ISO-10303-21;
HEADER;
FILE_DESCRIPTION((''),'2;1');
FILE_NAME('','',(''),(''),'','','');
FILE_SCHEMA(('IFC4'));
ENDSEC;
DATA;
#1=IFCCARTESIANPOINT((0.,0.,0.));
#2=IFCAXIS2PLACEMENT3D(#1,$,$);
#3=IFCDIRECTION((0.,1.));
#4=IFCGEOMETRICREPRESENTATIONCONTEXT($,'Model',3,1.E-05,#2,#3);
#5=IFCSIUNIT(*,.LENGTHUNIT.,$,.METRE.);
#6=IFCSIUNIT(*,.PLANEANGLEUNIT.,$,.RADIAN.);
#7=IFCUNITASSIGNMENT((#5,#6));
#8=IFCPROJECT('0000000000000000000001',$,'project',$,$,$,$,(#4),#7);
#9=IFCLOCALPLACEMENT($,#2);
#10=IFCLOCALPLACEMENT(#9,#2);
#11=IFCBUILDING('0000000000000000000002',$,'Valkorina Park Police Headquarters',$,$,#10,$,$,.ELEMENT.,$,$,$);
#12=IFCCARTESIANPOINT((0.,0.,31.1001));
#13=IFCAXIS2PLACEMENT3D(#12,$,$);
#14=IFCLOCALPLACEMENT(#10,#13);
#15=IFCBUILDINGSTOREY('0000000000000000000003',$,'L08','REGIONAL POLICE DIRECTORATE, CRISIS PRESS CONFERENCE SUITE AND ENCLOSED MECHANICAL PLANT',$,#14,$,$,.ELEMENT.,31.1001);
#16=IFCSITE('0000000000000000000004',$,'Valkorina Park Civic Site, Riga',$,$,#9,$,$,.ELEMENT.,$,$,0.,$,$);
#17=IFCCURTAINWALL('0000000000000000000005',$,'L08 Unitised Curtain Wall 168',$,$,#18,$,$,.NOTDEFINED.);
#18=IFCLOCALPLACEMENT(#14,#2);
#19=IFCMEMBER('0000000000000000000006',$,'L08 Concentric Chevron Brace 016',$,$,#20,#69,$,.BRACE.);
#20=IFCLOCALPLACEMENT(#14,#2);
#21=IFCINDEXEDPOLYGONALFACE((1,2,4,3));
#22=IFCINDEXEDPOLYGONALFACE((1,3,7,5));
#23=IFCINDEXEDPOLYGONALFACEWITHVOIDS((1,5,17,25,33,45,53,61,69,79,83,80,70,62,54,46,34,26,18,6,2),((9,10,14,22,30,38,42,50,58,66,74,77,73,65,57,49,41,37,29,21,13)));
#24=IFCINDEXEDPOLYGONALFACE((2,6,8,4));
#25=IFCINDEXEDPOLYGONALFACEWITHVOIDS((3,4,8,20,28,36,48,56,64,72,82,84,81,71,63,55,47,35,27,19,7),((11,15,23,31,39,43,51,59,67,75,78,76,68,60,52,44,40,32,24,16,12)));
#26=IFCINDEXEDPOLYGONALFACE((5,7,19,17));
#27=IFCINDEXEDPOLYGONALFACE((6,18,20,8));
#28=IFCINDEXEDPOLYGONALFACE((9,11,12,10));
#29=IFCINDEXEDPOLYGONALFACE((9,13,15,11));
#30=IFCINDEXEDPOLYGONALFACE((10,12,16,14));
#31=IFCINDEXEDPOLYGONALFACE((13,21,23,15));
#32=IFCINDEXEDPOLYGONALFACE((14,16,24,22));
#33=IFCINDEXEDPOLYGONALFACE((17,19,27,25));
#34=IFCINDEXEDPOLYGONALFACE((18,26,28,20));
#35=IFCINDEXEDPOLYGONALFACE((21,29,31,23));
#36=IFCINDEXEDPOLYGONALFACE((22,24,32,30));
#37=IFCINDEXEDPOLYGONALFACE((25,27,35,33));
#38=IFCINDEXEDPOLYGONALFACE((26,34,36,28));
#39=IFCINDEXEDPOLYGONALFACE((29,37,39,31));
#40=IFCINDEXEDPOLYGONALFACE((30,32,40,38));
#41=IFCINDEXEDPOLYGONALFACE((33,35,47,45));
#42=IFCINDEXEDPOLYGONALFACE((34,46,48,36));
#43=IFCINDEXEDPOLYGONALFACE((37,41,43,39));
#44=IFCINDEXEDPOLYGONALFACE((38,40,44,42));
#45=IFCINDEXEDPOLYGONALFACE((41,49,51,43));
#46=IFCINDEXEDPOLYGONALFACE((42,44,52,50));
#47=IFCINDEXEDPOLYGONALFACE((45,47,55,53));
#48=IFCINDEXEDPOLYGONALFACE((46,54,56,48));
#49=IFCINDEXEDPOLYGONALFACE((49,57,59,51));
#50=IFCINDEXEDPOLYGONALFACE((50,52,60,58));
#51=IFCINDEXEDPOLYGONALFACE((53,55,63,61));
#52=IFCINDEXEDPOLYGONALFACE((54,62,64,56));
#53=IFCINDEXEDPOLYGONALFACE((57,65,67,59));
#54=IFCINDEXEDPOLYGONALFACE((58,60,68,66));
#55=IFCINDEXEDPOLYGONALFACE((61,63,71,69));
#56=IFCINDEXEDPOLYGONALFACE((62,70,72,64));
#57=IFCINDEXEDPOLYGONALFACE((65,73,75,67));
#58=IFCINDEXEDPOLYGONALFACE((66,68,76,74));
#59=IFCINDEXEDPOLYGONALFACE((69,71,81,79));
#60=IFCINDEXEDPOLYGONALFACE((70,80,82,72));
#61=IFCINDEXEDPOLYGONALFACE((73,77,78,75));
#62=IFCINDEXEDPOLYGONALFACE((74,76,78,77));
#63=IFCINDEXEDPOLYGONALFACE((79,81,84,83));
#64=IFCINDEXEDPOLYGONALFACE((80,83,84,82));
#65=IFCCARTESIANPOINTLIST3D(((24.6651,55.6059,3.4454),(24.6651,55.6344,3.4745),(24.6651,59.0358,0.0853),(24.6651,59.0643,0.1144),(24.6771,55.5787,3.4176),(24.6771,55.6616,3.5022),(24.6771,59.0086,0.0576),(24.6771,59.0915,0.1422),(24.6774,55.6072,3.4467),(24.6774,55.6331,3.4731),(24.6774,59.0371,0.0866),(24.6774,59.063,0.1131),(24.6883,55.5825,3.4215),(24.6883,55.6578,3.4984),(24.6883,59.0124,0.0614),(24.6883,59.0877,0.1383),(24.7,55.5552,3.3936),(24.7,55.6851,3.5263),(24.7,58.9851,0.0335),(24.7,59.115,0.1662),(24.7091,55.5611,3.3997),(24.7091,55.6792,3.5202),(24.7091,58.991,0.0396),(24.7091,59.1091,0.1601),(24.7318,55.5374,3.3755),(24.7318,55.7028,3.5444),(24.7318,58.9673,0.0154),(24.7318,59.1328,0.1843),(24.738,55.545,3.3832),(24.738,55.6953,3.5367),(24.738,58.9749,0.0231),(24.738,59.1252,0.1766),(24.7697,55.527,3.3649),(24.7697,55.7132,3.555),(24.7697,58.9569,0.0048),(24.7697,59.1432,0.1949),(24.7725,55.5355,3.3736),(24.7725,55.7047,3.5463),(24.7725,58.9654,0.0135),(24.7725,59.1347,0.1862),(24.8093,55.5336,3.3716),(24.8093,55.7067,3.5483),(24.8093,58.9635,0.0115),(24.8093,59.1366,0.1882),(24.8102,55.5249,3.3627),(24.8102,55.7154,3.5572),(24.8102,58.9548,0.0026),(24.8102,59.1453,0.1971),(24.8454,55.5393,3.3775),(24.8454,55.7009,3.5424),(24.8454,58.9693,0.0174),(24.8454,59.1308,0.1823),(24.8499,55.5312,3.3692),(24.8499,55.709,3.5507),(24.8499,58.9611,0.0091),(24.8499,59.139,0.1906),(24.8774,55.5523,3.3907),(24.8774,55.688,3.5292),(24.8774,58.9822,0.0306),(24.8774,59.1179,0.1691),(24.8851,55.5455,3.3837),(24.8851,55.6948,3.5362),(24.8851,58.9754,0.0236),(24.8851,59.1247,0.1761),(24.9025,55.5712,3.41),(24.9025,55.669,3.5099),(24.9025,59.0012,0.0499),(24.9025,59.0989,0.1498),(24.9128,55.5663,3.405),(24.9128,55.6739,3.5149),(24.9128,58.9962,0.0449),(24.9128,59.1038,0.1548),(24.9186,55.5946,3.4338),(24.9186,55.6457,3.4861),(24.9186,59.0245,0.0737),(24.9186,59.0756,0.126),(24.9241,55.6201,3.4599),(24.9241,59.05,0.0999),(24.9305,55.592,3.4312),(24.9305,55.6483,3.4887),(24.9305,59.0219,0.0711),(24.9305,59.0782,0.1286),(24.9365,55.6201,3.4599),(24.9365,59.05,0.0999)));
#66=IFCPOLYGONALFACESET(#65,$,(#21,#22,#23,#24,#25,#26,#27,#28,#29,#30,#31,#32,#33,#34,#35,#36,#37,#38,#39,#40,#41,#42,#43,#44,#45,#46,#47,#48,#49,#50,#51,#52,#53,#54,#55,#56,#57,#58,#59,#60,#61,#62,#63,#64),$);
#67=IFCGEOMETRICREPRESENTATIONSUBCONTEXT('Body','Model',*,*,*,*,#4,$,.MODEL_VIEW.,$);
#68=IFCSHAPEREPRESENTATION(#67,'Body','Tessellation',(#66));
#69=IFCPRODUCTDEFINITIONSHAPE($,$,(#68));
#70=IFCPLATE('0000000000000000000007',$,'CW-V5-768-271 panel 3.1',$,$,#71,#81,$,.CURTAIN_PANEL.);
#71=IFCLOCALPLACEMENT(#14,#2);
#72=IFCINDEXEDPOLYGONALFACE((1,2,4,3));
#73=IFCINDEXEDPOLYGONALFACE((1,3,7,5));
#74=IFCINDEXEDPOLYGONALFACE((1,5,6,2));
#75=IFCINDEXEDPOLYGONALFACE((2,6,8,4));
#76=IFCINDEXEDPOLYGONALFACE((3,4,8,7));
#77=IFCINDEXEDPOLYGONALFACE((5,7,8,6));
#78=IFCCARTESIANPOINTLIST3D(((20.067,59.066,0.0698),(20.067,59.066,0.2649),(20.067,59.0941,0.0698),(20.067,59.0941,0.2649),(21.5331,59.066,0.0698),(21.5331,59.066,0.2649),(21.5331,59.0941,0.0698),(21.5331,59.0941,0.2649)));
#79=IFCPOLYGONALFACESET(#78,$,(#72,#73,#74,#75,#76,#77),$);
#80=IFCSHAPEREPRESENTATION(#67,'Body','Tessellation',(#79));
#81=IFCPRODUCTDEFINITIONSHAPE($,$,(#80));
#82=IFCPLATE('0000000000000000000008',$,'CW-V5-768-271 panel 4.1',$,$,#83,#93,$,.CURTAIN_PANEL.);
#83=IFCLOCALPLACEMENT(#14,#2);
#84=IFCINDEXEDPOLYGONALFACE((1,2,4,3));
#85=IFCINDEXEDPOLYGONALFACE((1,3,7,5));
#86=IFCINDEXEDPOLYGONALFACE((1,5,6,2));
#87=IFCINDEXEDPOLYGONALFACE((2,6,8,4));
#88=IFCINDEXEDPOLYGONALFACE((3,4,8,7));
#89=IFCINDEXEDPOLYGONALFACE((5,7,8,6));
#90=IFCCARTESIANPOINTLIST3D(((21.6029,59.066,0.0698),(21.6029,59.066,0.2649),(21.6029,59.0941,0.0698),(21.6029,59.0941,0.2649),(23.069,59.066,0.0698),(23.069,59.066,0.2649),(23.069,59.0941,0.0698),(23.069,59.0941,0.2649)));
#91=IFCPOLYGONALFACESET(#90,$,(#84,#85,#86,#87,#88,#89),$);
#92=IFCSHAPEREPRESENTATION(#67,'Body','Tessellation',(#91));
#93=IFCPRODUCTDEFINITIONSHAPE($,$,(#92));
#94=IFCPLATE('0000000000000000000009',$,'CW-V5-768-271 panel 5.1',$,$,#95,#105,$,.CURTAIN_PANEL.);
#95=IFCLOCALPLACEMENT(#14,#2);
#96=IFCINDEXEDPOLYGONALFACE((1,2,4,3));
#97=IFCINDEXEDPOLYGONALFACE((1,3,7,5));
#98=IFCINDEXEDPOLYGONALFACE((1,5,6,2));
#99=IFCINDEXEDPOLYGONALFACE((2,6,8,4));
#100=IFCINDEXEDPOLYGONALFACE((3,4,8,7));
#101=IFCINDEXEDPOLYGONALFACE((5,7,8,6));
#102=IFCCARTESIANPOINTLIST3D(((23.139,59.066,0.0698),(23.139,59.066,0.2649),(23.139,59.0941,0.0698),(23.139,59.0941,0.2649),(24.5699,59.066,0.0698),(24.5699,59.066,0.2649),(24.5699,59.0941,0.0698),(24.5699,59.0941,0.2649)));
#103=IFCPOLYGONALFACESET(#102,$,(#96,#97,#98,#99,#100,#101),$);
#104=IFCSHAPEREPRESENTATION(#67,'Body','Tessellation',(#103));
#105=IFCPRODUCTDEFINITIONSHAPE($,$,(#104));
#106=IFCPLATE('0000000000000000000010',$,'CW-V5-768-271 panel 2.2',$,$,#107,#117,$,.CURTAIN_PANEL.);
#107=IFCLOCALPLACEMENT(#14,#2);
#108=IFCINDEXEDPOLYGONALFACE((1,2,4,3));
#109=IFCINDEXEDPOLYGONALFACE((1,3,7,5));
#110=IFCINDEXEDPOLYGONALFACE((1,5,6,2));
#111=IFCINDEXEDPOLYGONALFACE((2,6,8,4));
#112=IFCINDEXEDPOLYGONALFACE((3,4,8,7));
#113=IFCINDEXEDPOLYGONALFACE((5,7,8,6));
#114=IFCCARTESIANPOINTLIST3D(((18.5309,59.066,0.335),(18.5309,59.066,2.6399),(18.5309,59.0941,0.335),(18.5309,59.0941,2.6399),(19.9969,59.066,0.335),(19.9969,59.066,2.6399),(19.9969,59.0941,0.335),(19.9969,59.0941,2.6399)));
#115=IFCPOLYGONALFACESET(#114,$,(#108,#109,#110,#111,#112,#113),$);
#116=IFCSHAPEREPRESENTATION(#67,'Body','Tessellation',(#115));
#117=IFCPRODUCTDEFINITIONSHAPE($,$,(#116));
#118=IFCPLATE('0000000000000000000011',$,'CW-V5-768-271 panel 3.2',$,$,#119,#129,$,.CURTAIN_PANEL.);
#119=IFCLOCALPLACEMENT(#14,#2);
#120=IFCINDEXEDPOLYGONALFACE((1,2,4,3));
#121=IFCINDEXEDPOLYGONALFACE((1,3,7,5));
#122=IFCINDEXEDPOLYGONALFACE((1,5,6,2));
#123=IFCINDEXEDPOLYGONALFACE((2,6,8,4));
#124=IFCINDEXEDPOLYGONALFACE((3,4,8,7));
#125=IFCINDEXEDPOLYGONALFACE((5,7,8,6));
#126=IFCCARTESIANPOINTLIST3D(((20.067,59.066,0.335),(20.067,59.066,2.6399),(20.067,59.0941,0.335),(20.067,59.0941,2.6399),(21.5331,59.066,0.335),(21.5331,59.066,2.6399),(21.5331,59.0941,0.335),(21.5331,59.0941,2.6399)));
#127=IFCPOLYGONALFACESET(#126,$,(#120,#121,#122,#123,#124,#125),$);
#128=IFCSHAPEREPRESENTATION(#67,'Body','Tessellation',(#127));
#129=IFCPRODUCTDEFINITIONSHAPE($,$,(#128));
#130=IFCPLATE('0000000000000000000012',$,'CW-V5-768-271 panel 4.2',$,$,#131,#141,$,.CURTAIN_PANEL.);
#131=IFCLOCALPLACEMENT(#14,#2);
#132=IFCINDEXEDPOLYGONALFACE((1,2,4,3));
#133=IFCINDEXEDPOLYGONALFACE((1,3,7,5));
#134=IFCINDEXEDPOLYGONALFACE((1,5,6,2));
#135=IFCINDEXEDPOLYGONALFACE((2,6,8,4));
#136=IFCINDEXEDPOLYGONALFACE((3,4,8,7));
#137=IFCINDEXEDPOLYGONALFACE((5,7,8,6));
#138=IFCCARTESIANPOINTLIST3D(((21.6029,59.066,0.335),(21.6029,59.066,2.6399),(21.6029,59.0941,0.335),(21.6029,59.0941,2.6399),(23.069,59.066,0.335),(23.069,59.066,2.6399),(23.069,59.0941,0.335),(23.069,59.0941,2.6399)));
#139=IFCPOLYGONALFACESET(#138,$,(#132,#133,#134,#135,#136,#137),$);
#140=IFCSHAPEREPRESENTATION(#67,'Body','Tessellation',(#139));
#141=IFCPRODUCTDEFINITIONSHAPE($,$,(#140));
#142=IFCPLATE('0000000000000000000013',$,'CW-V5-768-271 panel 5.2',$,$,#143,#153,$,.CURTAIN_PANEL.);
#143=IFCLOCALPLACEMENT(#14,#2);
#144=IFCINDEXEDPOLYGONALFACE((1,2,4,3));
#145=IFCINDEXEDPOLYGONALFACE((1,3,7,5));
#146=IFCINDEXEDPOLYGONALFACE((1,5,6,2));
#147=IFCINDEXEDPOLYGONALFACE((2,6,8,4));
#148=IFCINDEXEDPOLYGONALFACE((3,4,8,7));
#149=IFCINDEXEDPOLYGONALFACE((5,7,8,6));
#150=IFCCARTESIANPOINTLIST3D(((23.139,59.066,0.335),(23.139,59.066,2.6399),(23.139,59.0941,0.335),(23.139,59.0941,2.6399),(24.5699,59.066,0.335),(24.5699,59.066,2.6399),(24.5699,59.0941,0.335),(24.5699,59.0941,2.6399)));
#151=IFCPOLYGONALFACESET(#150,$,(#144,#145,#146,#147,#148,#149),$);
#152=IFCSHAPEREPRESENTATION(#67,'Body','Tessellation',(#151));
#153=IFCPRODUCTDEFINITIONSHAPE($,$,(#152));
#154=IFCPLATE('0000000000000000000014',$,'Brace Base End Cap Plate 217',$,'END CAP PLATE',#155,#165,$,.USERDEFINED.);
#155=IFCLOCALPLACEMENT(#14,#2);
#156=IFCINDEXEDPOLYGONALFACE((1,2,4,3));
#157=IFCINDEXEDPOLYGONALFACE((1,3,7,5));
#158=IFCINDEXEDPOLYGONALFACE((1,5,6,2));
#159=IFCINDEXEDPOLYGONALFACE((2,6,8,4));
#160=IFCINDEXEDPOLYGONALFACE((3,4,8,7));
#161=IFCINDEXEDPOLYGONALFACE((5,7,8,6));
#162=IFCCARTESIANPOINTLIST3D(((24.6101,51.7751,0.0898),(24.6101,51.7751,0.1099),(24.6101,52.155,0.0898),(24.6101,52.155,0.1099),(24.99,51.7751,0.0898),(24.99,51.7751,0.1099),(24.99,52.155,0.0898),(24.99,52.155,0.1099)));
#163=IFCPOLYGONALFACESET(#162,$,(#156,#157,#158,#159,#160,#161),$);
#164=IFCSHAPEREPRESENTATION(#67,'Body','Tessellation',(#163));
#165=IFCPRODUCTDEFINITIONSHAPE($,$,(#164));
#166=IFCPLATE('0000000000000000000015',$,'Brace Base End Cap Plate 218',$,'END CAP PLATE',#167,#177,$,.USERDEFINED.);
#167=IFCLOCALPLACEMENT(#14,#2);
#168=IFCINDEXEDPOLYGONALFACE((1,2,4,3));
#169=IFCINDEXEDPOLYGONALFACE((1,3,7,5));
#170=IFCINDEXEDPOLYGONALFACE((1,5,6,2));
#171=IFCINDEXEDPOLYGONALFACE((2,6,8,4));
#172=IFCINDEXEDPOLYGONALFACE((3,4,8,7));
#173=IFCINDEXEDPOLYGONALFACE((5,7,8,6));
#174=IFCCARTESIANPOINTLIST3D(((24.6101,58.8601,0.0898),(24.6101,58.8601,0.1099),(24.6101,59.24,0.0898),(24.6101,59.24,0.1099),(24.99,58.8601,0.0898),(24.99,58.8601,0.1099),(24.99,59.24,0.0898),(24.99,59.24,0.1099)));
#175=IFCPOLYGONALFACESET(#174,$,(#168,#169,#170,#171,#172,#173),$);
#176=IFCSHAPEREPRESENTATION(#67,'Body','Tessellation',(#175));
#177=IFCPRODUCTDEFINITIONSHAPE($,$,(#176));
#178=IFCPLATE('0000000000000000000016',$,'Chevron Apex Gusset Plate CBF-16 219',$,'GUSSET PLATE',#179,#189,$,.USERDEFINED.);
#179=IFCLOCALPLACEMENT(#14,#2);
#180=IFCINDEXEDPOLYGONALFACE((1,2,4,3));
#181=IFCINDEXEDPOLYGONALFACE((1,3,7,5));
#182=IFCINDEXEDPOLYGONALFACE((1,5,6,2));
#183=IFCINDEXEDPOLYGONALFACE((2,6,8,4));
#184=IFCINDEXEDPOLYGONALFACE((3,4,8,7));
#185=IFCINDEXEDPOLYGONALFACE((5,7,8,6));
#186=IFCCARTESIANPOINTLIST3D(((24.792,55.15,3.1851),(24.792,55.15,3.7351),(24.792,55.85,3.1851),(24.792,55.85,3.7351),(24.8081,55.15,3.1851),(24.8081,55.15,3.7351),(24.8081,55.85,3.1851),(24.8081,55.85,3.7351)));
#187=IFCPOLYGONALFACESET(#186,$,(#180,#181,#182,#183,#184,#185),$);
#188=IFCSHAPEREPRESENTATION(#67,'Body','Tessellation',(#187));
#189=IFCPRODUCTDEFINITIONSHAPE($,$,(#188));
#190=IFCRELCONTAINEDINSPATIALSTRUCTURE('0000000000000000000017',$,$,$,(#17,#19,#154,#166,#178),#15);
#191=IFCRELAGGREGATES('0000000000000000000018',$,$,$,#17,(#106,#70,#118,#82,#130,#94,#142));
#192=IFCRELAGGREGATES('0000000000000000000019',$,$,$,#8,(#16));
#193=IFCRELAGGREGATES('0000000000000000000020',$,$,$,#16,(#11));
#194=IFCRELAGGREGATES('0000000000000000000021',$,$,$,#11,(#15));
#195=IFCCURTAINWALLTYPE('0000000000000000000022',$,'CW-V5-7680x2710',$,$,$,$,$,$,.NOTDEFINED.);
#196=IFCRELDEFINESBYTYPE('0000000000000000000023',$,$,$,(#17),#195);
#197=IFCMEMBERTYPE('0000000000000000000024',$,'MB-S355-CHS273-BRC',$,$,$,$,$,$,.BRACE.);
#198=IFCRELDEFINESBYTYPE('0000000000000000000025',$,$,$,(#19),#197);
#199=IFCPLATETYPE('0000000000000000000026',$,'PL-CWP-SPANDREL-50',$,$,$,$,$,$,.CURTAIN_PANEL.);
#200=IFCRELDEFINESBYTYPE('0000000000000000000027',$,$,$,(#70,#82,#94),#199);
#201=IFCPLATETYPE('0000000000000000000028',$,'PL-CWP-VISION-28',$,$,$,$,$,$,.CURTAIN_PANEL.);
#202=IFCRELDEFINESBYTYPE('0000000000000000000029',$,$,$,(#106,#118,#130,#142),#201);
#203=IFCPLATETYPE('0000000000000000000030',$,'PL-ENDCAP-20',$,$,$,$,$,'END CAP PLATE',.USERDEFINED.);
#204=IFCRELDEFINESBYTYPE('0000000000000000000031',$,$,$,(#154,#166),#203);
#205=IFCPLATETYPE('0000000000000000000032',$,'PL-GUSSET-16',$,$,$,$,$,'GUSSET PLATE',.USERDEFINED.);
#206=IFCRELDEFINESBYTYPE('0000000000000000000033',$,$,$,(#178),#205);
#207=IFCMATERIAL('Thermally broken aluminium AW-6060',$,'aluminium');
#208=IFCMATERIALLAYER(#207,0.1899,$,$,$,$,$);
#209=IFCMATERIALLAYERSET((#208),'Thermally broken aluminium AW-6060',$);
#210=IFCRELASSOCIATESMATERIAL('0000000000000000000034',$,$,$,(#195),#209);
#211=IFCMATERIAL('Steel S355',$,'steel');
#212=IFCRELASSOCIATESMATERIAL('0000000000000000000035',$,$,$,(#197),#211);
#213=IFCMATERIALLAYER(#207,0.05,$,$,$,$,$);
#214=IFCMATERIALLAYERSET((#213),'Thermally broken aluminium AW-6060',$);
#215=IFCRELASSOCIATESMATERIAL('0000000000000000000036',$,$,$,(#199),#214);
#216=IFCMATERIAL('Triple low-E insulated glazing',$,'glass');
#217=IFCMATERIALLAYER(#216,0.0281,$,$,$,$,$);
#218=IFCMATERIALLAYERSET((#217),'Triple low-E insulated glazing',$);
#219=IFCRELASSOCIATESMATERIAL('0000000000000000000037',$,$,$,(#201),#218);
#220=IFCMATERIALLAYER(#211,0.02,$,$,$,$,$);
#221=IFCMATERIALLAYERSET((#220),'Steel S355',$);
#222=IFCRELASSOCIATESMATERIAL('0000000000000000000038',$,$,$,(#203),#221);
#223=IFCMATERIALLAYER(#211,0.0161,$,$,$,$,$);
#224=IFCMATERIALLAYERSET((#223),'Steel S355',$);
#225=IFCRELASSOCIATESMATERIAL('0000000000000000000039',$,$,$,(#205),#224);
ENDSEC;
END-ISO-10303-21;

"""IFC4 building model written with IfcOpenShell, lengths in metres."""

from ifc_helpers import new_model, si_unit, direction, frame, origin, origin_2d, place, context, subcontext, project, spatial, rectangle, hollow_circle, extrude, material, layer, layer_set, material_profile, profile_set, type_object, element, aggregate, save


model = new_model("IFC4")

# Units and contexts
model_context = context("Model", 3, precision=1e-05, world=origin(), true_north=direction((0.0, 1.0)))
body_context = subcontext(model_context, "Body", "Model", "MODEL_VIEW")
ifc_project = project(units=[si_unit("LENGTHUNIT", "METRE"), si_unit("PLANEANGLEUNIT", "RADIAN")], contexts=[model_context])

# Site, building, storey
site_placement = place(None, origin())
site = spatial("IfcSite", under=ifc_project, at=site_placement, Name="Valkorina Park Civic Site, Riga", CompositionType="ELEMENT", RefElevation=0.0)
building_placement = place(site_placement, origin())
building = spatial("IfcBuilding", under=site, at=building_placement, Name="Valkorina Park Police Headquarters", CompositionType="ELEMENT")
storey_placement = place(building_placement, frame((0.0, 0.0, 31.1001)))
storey = spatial("IfcBuildingStorey", under=building, at=storey_placement, Name="L08", Description="REGIONAL POLICE DIRECTORATE, CRISIS PRESS CONFERENCE SUITE AND ENCLOSED MECHANICAL PLANT", CompositionType="ELEMENT", Elevation=31.1001)

# Shared definitions
ifc_material_1 = material(Name="Steel S355", Category="steel")

# Curtain wall
ifc_material_2 = material(Name="Thermally broken aluminium AW-6060", Category="aluminium")
ifc_layer_1 = layer(ifc_material_2, 0.1899)
ifc_layer_set_1 = layer_set([ifc_layer_1], Name="Thermally broken aluminium AW-6060")
curtain_wall_type = type_object("IfcCurtainWallType", Name="CW-V5-7680x2710", PredefinedType="NOTDEFINED", material=ifc_layer_set_1)
curtain_wall_1_placement = place(storey_placement, origin())
curtain_wall_1 = element("IfcCurtainWall", 1, at=curtain_wall_1_placement, inside=storey, type_object=curtain_wall_type, Name="L08 Unitised Curtain Wall 168", PredefinedType="NOTDEFINED")

# Member
ifc_material_profile_1 = material_profile(ifc_material_1, hollow_circle(Radius=0.1365, WallThickness=0.0125, at=origin_2d()), Name="CHS 273x12.5")
ifc_profile_set_1 = profile_set([ifc_material_profile_1], Name="Steel S355")
member_type_1 = type_object("IfcMemberType", Name="MB-S355-CHS273-BRC", PredefinedType="BRACE", material=ifc_profile_set_1)
member_1_placement = place(storey_placement, frame((24.8, 59.05, 0.0999), z_axis=(0.0, -0.71434, 0.699798), x_axis=(1.0, 0.0, 0.0)))
element("IfcMember", 2, at=member_1_placement, inside=storey, type_object=member_type_1, Name="L08 Concentric Chevron Brace 016", PredefinedType="BRACE", context=body_context, shape_type="SweptSolid", body=[
    extrude(hollow_circle(Radius=0.1365, WallThickness=0.0125, at=origin_2d()), origin(), (0.0, 0.0, 1.0), 4.8015),
])

# Plates
ifc_layer_2 = layer(ifc_material_2, 0.05)
ifc_layer_set_2 = layer_set([ifc_layer_2], Name="Thermally broken aluminium AW-6060")
plate_type_1 = type_object("IfcPlateType", Name="PL-CWP-SPANDREL-50", PredefinedType="CURTAIN_PANEL", material=ifc_layer_set_2)
plate_1_placement = place(storey_placement, frame((20.8, 59.0801, 0.0698), z_axis=(0.0, 0.0, 1.0), x_axis=(1.0, 0.0, 0.0)))
plate_1 = element("IfcPlate", 3, at=plate_1_placement, type_object=plate_type_1, Name="CW-V5-768-271 panel 3.1", PredefinedType="CURTAIN_PANEL", context=body_context, shape_type="SweptSolid", body=[
    extrude(rectangle(XDim=1.4661, YDim=0.0281, at=origin_2d()), origin(), (0.0, 0.0, 1.0), 0.1951),
])
plate_2_placement = place(storey_placement, frame((22.3359, 59.0801, 0.0698), z_axis=(0.0, 0.0, 1.0), x_axis=(1.0, 0.0, 0.0)))
plate_2 = element("IfcPlate", 4, at=plate_2_placement, type_object=plate_type_1, Name="CW-V5-768-271 panel 4.1", PredefinedType="CURTAIN_PANEL", context=body_context, shape_type="SweptSolid", body=[
    extrude(rectangle(XDim=1.4661, YDim=0.0281, at=origin_2d()), origin(), (0.0, 0.0, 1.0), 0.1951),
])
plate_3_placement = place(storey_placement, frame((23.8545, 59.0801, 0.0698), z_axis=(0.0, 0.0, 1.0), x_axis=(1.0, 0.0, 0.0)))
plate_3 = element("IfcPlate", 5, at=plate_3_placement, type_object=plate_type_1, Name="CW-V5-768-271 panel 5.1", PredefinedType="CURTAIN_PANEL", context=body_context, shape_type="SweptSolid", body=[
    extrude(rectangle(XDim=1.4309, YDim=0.0281, at=origin_2d()), origin(), (0.0, 0.0, 1.0), 0.1951),
])
ifc_material_3 = material(Name="Triple low-E insulated glazing", Category="glass")
ifc_layer_3 = layer(ifc_material_3, 0.0281)
ifc_layer_set_3 = layer_set([ifc_layer_3], Name="Triple low-E insulated glazing")
plate_type_2 = type_object("IfcPlateType", Name="PL-CWP-VISION-28", PredefinedType="CURTAIN_PANEL", material=ifc_layer_set_3)
plate_4_placement = place(storey_placement, frame((19.2639, 59.0801, 0.335), z_axis=(0.0, 0.0, 1.0), x_axis=(1.0, 0.0, 0.0)))
plate_4 = element("IfcPlate", 6, at=plate_4_placement, type_object=plate_type_2, Name="CW-V5-768-271 panel 2.2", PredefinedType="CURTAIN_PANEL", context=body_context, shape_type="SweptSolid", body=[
    extrude(rectangle(XDim=1.4661, YDim=0.0281, at=origin_2d()), origin(), (0.0, 0.0, 1.0), 2.3049),
])
plate_5_placement = place(storey_placement, frame((20.8, 59.0801, 0.335), z_axis=(0.0, 0.0, 1.0), x_axis=(1.0, 0.0, 0.0)))
plate_5 = element("IfcPlate", 7, at=plate_5_placement, type_object=plate_type_2, Name="CW-V5-768-271 panel 3.2", PredefinedType="CURTAIN_PANEL", context=body_context, shape_type="SweptSolid", body=[
    extrude(rectangle(XDim=1.4661, YDim=0.0281, at=origin_2d()), origin(), (0.0, 0.0, 1.0), 2.3049),
])
plate_6_placement = place(storey_placement, frame((22.3359, 59.0801, 0.335), z_axis=(0.0, 0.0, 1.0), x_axis=(1.0, 0.0, 0.0)))
plate_6 = element("IfcPlate", 8, at=plate_6_placement, type_object=plate_type_2, Name="CW-V5-768-271 panel 4.2", PredefinedType="CURTAIN_PANEL", context=body_context, shape_type="SweptSolid", body=[
    extrude(rectangle(XDim=1.4661, YDim=0.0281, at=origin_2d()), origin(), (0.0, 0.0, 1.0), 2.3049),
])
plate_7_placement = place(storey_placement, frame((23.8545, 59.0801, 0.335), z_axis=(0.0, 0.0, 1.0), x_axis=(1.0, 0.0, 0.0)))
plate_7 = element("IfcPlate", 9, at=plate_7_placement, type_object=plate_type_2, Name="CW-V5-768-271 panel 5.2", PredefinedType="CURTAIN_PANEL", context=body_context, shape_type="SweptSolid", body=[
    extrude(rectangle(XDim=1.4309, YDim=0.0281, at=origin_2d()), origin(), (0.0, 0.0, 1.0), 2.3049),
])
aggregate(curtain_wall_1, [plate_4, plate_1, plate_5, plate_2, plate_6, plate_3, plate_7])

# Plates
ifc_layer_4 = layer(ifc_material_1, 0.02)
ifc_layer_set_4 = layer_set([ifc_layer_4], Name="Steel S355")
plate_type_3 = type_object("IfcPlateType", Name="PL-ENDCAP-20", ElementType="END CAP PLATE", PredefinedType="USERDEFINED", material=ifc_layer_set_4)
for number, where, z_axis, x_axis, name in (
    (10, (24.8, 51.9651, 0.0898), (0.0, 0.0, 1.0), (1.0, 0.0, 0.0), "Brace Base End Cap Plate 217"),
    (11, (24.8, 59.05, 0.0898), (0.0, 0.0, 1.0), (1.0, 0.0, 0.0), "Brace Base End Cap Plate 218"),
):
    element("IfcPlate", number, at=place(storey_placement, frame(where, z_axis=z_axis, x_axis=x_axis)), inside=storey, type_object=plate_type_3, Name=name, ObjectType="END CAP PLATE", PredefinedType="USERDEFINED", context=body_context, shape_type="SweptSolid", body=[
        extrude(rectangle(XDim=0.3799, YDim=0.3799, at=origin_2d()), origin(), (0.0, 0.0, 1.0), 0.02),
    ])
ifc_layer_5 = layer(ifc_material_1, 0.0161)
ifc_layer_set_5 = layer_set([ifc_layer_5], Name="Steel S355")
plate_type_4 = type_object("IfcPlateType", Name="PL-GUSSET-16", ElementType="GUSSET PLATE", PredefinedType="USERDEFINED", material=ifc_layer_set_5)
plate_8_placement = place(storey_placement, frame((24.8, 55.5, 3.1851), z_axis=(0.0, 0.0, 1.0), x_axis=(1.0, 0.0, 0.0)))
element("IfcPlate", 12, at=plate_8_placement, inside=storey, type_object=plate_type_4, Name="Chevron Apex Gusset Plate CBF-16 219", ObjectType="GUSSET PLATE", PredefinedType="USERDEFINED", context=body_context, shape_type="SweptSolid", body=[
    extrude(rectangle(XDim=0.0161, YDim=0.7, at=origin_2d()), origin(), (0.0, 0.0, 1.0), 0.55),
])

save(model, "model.ifc")
